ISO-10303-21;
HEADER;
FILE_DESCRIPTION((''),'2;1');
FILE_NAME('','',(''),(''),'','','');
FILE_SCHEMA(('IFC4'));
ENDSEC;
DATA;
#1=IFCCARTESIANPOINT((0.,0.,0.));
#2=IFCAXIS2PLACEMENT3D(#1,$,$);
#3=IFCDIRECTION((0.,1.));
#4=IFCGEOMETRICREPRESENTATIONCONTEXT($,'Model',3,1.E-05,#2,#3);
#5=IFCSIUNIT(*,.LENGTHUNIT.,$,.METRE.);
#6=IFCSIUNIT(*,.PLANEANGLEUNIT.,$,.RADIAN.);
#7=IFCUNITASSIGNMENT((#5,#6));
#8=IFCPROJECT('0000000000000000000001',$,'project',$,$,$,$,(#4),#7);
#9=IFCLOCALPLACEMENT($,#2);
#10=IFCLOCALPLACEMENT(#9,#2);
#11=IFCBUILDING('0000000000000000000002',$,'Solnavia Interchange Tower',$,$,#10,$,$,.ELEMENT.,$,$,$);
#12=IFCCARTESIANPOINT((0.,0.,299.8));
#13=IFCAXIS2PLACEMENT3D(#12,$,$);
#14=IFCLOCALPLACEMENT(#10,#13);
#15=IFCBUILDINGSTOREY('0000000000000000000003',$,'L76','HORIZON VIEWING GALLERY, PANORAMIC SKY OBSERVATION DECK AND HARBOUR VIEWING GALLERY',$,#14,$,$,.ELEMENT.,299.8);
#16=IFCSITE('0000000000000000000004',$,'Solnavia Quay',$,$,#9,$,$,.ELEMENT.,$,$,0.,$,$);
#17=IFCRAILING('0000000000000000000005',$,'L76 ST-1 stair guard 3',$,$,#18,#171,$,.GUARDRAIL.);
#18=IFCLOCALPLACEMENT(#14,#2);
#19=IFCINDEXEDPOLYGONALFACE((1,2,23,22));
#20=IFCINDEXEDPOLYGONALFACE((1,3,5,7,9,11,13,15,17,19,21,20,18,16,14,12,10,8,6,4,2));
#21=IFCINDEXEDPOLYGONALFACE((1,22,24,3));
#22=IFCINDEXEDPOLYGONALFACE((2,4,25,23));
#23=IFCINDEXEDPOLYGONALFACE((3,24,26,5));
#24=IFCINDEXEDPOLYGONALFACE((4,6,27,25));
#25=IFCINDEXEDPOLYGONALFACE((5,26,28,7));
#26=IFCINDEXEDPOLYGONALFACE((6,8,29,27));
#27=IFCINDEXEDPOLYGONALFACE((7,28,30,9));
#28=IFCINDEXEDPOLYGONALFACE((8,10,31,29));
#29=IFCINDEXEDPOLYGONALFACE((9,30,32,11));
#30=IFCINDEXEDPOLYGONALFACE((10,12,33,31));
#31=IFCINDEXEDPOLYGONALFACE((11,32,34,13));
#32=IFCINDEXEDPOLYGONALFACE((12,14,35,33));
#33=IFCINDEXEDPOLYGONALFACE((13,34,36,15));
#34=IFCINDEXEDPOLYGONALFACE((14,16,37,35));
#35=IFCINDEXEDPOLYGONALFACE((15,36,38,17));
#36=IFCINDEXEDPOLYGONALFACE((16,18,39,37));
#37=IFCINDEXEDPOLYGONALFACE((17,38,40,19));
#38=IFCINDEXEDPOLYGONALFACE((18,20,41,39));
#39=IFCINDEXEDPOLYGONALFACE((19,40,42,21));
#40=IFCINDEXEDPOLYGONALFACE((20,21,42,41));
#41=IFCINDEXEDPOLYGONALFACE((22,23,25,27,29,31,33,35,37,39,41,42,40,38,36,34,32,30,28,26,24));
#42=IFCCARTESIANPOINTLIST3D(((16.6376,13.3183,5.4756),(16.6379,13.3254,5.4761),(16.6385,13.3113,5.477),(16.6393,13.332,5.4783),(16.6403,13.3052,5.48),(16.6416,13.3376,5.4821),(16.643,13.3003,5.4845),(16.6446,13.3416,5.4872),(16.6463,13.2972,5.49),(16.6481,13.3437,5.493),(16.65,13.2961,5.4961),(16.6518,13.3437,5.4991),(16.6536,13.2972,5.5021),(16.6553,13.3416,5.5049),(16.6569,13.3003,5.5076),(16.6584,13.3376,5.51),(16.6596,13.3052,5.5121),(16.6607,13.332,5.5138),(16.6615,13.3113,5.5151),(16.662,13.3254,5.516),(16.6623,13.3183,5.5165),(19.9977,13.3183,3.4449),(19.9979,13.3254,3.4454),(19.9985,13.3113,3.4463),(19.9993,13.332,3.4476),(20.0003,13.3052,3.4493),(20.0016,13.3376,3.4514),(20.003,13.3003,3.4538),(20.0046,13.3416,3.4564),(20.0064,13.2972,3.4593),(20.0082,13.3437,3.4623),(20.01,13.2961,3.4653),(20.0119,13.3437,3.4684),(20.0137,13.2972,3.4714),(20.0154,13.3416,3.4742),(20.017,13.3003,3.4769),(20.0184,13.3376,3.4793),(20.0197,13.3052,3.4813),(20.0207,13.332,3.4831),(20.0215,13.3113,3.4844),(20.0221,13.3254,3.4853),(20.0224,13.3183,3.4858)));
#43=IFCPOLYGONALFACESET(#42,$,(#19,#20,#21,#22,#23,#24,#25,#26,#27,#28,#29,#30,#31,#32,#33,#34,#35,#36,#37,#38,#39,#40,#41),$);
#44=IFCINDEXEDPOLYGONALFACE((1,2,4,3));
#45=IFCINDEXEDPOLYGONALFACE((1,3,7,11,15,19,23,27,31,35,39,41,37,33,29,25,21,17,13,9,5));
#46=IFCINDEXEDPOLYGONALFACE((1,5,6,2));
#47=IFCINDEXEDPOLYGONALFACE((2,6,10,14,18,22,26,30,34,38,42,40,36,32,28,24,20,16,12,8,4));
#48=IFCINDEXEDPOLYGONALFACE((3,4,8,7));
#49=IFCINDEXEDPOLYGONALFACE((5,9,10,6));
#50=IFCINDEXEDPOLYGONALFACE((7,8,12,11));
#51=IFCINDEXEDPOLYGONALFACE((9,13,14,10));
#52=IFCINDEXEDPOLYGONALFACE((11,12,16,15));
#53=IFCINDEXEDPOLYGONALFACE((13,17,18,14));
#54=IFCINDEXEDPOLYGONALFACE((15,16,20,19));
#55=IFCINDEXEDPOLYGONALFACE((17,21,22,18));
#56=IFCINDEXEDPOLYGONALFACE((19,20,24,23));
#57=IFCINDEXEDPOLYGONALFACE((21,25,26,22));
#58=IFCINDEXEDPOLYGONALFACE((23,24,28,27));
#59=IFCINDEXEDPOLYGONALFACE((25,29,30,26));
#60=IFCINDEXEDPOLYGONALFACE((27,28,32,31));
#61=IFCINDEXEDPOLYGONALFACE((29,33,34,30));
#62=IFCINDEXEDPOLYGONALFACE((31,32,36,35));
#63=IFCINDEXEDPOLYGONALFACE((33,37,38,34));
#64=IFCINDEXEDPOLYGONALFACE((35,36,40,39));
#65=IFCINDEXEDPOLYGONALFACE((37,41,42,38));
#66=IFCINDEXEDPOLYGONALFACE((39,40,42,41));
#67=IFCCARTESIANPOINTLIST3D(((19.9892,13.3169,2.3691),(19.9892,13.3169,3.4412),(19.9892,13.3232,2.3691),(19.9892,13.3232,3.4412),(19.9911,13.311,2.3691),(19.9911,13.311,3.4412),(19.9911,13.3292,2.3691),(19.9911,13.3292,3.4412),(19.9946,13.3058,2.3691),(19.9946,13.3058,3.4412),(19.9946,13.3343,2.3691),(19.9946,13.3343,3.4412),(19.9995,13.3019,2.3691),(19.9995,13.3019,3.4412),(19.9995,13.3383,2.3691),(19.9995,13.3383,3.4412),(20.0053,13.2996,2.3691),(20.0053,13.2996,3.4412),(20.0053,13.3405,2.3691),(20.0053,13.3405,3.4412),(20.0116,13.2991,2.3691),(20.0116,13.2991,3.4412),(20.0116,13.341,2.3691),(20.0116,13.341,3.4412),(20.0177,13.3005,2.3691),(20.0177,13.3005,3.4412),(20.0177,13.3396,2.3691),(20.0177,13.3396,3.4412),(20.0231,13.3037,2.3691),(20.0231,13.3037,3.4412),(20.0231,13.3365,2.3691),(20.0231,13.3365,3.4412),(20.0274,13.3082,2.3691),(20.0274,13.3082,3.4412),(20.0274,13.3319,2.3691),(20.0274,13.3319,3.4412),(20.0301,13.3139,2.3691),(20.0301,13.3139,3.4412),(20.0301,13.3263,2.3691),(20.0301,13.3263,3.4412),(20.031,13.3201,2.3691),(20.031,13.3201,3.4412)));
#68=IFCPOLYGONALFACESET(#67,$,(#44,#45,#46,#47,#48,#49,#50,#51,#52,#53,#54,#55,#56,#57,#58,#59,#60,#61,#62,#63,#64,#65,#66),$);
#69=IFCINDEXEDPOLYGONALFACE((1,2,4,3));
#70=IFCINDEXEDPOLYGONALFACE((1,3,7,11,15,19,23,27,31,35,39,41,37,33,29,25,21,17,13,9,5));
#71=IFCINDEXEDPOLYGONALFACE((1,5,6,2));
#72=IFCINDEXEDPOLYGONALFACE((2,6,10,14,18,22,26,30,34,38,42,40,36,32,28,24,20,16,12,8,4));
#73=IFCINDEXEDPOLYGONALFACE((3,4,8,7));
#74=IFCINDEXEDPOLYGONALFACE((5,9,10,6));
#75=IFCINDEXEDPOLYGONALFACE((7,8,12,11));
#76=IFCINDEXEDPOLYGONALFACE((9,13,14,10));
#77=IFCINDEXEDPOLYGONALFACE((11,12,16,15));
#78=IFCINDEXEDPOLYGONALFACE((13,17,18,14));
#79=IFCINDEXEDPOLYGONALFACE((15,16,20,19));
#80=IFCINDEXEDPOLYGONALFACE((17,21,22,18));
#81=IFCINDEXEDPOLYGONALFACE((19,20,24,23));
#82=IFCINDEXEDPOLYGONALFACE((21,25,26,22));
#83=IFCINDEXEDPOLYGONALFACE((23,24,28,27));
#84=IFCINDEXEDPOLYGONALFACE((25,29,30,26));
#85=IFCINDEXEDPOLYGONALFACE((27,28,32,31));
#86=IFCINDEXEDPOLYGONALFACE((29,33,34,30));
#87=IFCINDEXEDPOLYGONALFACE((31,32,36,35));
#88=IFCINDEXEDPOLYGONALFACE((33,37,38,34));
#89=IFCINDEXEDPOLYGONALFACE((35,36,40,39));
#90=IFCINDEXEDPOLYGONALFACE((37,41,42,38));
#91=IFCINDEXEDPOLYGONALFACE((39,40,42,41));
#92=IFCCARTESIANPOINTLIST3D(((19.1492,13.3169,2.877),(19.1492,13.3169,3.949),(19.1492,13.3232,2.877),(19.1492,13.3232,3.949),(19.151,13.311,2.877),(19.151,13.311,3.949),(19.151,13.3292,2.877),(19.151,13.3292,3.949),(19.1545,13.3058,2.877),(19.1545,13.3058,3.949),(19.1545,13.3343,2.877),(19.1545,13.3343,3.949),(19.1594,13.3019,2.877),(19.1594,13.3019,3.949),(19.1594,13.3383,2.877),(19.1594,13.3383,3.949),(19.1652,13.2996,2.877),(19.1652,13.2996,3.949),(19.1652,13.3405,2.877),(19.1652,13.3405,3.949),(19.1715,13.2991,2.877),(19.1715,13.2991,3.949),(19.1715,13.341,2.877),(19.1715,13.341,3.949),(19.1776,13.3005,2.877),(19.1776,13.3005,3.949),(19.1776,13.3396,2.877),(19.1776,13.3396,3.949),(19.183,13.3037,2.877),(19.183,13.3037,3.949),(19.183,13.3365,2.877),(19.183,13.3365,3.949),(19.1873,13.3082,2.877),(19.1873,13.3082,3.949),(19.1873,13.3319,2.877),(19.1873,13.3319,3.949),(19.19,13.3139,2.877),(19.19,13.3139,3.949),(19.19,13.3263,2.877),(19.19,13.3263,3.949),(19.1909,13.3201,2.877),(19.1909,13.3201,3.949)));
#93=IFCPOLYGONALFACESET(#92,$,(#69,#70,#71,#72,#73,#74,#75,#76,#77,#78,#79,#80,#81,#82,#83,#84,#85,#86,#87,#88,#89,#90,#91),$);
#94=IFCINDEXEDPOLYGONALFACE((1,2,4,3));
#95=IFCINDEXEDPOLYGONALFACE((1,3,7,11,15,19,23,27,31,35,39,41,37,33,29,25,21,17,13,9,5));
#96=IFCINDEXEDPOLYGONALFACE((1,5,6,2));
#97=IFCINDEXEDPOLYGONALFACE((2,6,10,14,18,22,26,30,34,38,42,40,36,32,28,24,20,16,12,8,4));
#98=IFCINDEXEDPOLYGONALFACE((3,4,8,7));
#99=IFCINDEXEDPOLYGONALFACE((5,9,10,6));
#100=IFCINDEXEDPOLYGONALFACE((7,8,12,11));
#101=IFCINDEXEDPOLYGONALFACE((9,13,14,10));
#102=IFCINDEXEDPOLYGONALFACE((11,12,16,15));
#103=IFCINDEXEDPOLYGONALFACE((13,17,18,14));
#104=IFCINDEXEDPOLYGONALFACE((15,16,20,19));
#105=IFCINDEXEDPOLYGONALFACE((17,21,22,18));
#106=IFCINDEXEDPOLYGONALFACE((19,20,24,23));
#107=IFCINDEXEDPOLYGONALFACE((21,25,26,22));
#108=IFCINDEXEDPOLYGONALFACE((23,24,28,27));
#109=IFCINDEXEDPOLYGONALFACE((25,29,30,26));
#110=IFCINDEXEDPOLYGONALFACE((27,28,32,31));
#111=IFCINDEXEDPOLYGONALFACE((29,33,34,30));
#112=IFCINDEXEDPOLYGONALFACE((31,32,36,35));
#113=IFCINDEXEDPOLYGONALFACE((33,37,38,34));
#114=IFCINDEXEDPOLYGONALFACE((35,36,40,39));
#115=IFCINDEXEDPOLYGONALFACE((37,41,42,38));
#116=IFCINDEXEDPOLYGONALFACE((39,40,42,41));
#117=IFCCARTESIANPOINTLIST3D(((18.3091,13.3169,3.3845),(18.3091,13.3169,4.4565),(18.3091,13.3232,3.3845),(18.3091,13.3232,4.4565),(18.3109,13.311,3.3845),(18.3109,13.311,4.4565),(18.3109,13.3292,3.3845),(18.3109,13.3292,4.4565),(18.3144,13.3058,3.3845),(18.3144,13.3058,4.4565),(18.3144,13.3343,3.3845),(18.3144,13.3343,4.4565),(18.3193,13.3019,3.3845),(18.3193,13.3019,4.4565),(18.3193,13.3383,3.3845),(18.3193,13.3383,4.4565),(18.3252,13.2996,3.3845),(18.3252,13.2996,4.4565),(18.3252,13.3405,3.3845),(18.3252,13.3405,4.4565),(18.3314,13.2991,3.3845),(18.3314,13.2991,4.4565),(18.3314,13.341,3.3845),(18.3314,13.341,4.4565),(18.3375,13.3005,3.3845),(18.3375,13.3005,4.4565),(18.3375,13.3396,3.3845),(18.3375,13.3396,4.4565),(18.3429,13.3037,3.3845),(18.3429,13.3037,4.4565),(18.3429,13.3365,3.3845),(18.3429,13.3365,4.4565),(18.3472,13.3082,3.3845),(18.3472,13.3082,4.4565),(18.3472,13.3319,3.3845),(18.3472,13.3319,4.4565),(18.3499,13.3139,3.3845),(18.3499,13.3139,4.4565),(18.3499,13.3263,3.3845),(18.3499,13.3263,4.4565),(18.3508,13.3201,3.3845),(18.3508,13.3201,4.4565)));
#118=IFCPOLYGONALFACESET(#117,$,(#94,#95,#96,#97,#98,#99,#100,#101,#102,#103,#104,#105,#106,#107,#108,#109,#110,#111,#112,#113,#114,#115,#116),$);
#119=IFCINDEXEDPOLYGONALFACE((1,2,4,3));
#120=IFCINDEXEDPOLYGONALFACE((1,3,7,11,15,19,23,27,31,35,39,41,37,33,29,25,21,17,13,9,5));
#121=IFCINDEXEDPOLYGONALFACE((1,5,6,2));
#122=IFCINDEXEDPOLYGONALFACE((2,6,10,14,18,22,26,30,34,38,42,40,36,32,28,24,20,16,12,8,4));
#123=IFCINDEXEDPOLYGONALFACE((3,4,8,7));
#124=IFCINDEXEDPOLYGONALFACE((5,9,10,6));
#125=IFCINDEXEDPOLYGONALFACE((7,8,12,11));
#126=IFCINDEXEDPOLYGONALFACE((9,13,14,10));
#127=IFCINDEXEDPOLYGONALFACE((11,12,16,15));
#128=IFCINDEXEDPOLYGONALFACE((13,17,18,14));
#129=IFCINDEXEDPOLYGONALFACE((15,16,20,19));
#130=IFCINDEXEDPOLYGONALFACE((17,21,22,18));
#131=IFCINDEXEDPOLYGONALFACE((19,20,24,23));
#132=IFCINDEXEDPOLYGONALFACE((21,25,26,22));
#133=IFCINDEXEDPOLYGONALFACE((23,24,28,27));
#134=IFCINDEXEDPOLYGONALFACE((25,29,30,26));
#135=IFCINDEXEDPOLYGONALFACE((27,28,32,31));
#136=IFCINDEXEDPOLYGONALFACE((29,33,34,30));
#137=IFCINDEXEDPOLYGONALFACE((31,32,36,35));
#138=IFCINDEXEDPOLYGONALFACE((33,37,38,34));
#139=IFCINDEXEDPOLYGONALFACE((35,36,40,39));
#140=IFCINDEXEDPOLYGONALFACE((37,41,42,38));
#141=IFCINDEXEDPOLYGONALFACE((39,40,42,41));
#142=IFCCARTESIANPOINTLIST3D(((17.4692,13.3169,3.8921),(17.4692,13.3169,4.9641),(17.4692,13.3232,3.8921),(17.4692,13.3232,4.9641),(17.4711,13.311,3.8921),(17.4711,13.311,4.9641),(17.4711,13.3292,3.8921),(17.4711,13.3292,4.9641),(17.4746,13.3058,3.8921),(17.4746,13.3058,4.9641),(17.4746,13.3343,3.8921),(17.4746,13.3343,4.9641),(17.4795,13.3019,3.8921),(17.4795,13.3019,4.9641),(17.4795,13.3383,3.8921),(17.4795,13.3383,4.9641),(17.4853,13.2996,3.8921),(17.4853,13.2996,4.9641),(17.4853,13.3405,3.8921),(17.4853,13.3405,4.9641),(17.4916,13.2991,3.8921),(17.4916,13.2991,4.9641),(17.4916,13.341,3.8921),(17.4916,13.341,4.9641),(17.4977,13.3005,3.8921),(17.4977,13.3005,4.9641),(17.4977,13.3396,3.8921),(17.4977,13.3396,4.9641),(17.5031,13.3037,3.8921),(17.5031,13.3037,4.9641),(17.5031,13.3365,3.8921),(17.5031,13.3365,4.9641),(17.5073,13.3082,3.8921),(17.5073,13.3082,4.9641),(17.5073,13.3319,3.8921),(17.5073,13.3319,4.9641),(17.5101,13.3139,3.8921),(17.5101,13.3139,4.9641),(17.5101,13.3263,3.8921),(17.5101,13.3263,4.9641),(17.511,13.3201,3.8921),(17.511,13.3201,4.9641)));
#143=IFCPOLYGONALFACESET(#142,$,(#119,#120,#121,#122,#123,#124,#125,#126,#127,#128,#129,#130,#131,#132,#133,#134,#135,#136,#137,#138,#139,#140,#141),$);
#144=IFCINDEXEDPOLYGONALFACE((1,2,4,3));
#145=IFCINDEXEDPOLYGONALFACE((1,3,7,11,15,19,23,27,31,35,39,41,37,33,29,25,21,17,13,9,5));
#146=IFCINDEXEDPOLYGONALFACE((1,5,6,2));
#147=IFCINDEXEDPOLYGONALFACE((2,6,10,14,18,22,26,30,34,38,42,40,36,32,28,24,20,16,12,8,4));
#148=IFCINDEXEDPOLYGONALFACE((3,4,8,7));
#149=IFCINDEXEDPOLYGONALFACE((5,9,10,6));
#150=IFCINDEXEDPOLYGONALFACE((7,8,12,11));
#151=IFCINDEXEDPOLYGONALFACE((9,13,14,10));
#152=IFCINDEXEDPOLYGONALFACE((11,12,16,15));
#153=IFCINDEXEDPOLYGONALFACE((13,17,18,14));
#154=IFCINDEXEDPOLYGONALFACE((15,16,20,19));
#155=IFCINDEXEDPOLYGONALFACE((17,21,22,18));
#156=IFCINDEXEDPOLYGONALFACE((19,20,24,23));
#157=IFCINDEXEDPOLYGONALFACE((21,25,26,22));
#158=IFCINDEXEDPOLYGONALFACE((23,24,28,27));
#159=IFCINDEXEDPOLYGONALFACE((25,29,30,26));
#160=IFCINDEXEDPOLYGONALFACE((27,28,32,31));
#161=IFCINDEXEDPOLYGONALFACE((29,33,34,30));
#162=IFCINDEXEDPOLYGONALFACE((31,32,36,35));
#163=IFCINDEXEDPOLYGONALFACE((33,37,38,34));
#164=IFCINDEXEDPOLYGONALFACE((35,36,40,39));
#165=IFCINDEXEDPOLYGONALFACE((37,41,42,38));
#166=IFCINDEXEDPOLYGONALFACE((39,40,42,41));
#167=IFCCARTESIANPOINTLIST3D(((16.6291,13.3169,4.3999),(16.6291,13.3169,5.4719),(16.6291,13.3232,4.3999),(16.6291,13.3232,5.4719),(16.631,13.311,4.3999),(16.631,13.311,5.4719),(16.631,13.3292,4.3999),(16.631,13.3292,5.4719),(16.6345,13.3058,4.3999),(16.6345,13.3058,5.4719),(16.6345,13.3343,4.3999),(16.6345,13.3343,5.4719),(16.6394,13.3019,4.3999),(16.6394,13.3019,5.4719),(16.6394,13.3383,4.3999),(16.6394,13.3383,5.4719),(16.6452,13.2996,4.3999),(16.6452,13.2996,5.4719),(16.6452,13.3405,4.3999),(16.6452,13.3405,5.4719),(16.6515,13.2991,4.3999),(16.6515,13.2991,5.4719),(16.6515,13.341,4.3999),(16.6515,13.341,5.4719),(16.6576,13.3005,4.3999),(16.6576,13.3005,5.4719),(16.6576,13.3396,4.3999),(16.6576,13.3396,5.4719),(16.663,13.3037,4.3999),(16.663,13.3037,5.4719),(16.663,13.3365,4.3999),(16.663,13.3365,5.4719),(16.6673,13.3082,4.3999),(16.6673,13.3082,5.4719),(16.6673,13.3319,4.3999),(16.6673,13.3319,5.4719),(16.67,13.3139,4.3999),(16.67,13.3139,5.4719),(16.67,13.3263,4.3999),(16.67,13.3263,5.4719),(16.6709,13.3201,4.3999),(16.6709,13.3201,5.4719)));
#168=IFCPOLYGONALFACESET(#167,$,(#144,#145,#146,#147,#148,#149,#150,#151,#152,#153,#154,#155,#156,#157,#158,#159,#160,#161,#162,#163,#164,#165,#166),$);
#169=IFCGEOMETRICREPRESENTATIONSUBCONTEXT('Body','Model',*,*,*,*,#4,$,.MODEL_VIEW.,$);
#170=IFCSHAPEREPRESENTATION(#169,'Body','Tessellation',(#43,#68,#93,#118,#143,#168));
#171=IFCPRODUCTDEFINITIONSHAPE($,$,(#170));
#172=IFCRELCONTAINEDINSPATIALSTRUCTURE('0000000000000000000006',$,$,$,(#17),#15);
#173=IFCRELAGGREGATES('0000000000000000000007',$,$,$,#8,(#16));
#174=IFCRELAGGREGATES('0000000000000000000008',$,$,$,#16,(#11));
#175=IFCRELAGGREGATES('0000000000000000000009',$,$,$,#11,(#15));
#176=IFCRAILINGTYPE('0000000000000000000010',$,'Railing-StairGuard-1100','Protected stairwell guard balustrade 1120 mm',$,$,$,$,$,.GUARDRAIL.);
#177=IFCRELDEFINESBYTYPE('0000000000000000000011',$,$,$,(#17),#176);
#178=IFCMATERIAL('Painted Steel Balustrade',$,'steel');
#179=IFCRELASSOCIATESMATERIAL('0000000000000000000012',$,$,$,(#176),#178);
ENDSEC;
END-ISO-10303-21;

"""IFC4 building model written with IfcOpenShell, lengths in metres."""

from ifc_helpers import new_model, si_unit, direction, frame, origin, origin_2d, place, context, subcontext, project, spatial, circle, extrude, material, type_object, element, save


model = new_model("IFC4")

# Units and contexts
model_context = context("Model", 3, precision=1e-05, world=origin(), true_north=direction((0.0, 1.0)))
body_context = subcontext(model_context, "Body", "Model", "MODEL_VIEW")
ifc_project = project(units=[si_unit("LENGTHUNIT", "METRE"), si_unit("PLANEANGLEUNIT", "RADIAN")], contexts=[model_context])

# Site, building, storey
site_placement = place(None, origin())
site = spatial("IfcSite", under=ifc_project, at=site_placement, Name="Solnavia Quay", CompositionType="ELEMENT", RefElevation=0.0)
building_placement = place(site_placement, origin())
building = spatial("IfcBuilding", under=site, at=building_placement, Name="Solnavia Interchange Tower", CompositionType="ELEMENT")
storey_placement = place(building_placement, frame((0.0, 0.0, 299.8)))
storey = spatial("IfcBuildingStorey", under=building, at=storey_placement, Name="L76", Description="HORIZON VIEWING GALLERY, PANORAMIC SKY OBSERVATION DECK AND HARBOUR VIEWING GALLERY", CompositionType="ELEMENT", Elevation=299.8)

# Railing
ifc_material_1 = material(Name="Painted Steel Balustrade", Category="steel")
railing_type_1 = type_object("IfcRailingType", Name="Railing-StairGuard-1100", Description="Protected stairwell guard balustrade 1120 mm", PredefinedType="GUARDRAIL", material=ifc_material_1)
railing_1_placement = place(storey_placement, frame((20.01, 13.3201, 2.3691)))
element("IfcRailing", 1, at=railing_1_placement, inside=storey, type_object=railing_type_1, Name="L76 ST-1 stair guard 3", PredefinedType="GUARDRAIL", context=body_context, shape_type="SweptSolid", body=[
    extrude(circle(Radius=0.0239, at=origin_2d()), frame((0.0, 0.0, 1.0962), z_axis=(-0.855837, 0.0, 0.517246), x_axis=(0.0, -1.0, 0.0)), (0.0, 0.0, 1.0), 3.926),
    extrude(circle(Radius=0.021, at=origin_2d()), origin(), (0.0, 0.0, 1.0), 1.072),
    extrude(circle(Radius=0.021, at=origin_2d()), frame((-0.8401, 0.0, 0.5078)), (0.0, 0.0, 1.0), 1.072),
    extrude(circle(Radius=0.021, at=origin_2d()), frame((-1.6802, 0.0, 1.0154)), (0.0, 0.0, 1.0), 1.072),
    extrude(circle(Radius=0.021, at=origin_2d()), frame((-2.52, 0.0, 1.5229)), (0.0, 0.0, 1.0), 1.072),
    extrude(circle(Radius=0.021, at=origin_2d()), frame((-3.3601, 0.0, 2.0308)), (0.0, 0.0, 1.0), 1.072),
])

save(model, "model.ifc")
